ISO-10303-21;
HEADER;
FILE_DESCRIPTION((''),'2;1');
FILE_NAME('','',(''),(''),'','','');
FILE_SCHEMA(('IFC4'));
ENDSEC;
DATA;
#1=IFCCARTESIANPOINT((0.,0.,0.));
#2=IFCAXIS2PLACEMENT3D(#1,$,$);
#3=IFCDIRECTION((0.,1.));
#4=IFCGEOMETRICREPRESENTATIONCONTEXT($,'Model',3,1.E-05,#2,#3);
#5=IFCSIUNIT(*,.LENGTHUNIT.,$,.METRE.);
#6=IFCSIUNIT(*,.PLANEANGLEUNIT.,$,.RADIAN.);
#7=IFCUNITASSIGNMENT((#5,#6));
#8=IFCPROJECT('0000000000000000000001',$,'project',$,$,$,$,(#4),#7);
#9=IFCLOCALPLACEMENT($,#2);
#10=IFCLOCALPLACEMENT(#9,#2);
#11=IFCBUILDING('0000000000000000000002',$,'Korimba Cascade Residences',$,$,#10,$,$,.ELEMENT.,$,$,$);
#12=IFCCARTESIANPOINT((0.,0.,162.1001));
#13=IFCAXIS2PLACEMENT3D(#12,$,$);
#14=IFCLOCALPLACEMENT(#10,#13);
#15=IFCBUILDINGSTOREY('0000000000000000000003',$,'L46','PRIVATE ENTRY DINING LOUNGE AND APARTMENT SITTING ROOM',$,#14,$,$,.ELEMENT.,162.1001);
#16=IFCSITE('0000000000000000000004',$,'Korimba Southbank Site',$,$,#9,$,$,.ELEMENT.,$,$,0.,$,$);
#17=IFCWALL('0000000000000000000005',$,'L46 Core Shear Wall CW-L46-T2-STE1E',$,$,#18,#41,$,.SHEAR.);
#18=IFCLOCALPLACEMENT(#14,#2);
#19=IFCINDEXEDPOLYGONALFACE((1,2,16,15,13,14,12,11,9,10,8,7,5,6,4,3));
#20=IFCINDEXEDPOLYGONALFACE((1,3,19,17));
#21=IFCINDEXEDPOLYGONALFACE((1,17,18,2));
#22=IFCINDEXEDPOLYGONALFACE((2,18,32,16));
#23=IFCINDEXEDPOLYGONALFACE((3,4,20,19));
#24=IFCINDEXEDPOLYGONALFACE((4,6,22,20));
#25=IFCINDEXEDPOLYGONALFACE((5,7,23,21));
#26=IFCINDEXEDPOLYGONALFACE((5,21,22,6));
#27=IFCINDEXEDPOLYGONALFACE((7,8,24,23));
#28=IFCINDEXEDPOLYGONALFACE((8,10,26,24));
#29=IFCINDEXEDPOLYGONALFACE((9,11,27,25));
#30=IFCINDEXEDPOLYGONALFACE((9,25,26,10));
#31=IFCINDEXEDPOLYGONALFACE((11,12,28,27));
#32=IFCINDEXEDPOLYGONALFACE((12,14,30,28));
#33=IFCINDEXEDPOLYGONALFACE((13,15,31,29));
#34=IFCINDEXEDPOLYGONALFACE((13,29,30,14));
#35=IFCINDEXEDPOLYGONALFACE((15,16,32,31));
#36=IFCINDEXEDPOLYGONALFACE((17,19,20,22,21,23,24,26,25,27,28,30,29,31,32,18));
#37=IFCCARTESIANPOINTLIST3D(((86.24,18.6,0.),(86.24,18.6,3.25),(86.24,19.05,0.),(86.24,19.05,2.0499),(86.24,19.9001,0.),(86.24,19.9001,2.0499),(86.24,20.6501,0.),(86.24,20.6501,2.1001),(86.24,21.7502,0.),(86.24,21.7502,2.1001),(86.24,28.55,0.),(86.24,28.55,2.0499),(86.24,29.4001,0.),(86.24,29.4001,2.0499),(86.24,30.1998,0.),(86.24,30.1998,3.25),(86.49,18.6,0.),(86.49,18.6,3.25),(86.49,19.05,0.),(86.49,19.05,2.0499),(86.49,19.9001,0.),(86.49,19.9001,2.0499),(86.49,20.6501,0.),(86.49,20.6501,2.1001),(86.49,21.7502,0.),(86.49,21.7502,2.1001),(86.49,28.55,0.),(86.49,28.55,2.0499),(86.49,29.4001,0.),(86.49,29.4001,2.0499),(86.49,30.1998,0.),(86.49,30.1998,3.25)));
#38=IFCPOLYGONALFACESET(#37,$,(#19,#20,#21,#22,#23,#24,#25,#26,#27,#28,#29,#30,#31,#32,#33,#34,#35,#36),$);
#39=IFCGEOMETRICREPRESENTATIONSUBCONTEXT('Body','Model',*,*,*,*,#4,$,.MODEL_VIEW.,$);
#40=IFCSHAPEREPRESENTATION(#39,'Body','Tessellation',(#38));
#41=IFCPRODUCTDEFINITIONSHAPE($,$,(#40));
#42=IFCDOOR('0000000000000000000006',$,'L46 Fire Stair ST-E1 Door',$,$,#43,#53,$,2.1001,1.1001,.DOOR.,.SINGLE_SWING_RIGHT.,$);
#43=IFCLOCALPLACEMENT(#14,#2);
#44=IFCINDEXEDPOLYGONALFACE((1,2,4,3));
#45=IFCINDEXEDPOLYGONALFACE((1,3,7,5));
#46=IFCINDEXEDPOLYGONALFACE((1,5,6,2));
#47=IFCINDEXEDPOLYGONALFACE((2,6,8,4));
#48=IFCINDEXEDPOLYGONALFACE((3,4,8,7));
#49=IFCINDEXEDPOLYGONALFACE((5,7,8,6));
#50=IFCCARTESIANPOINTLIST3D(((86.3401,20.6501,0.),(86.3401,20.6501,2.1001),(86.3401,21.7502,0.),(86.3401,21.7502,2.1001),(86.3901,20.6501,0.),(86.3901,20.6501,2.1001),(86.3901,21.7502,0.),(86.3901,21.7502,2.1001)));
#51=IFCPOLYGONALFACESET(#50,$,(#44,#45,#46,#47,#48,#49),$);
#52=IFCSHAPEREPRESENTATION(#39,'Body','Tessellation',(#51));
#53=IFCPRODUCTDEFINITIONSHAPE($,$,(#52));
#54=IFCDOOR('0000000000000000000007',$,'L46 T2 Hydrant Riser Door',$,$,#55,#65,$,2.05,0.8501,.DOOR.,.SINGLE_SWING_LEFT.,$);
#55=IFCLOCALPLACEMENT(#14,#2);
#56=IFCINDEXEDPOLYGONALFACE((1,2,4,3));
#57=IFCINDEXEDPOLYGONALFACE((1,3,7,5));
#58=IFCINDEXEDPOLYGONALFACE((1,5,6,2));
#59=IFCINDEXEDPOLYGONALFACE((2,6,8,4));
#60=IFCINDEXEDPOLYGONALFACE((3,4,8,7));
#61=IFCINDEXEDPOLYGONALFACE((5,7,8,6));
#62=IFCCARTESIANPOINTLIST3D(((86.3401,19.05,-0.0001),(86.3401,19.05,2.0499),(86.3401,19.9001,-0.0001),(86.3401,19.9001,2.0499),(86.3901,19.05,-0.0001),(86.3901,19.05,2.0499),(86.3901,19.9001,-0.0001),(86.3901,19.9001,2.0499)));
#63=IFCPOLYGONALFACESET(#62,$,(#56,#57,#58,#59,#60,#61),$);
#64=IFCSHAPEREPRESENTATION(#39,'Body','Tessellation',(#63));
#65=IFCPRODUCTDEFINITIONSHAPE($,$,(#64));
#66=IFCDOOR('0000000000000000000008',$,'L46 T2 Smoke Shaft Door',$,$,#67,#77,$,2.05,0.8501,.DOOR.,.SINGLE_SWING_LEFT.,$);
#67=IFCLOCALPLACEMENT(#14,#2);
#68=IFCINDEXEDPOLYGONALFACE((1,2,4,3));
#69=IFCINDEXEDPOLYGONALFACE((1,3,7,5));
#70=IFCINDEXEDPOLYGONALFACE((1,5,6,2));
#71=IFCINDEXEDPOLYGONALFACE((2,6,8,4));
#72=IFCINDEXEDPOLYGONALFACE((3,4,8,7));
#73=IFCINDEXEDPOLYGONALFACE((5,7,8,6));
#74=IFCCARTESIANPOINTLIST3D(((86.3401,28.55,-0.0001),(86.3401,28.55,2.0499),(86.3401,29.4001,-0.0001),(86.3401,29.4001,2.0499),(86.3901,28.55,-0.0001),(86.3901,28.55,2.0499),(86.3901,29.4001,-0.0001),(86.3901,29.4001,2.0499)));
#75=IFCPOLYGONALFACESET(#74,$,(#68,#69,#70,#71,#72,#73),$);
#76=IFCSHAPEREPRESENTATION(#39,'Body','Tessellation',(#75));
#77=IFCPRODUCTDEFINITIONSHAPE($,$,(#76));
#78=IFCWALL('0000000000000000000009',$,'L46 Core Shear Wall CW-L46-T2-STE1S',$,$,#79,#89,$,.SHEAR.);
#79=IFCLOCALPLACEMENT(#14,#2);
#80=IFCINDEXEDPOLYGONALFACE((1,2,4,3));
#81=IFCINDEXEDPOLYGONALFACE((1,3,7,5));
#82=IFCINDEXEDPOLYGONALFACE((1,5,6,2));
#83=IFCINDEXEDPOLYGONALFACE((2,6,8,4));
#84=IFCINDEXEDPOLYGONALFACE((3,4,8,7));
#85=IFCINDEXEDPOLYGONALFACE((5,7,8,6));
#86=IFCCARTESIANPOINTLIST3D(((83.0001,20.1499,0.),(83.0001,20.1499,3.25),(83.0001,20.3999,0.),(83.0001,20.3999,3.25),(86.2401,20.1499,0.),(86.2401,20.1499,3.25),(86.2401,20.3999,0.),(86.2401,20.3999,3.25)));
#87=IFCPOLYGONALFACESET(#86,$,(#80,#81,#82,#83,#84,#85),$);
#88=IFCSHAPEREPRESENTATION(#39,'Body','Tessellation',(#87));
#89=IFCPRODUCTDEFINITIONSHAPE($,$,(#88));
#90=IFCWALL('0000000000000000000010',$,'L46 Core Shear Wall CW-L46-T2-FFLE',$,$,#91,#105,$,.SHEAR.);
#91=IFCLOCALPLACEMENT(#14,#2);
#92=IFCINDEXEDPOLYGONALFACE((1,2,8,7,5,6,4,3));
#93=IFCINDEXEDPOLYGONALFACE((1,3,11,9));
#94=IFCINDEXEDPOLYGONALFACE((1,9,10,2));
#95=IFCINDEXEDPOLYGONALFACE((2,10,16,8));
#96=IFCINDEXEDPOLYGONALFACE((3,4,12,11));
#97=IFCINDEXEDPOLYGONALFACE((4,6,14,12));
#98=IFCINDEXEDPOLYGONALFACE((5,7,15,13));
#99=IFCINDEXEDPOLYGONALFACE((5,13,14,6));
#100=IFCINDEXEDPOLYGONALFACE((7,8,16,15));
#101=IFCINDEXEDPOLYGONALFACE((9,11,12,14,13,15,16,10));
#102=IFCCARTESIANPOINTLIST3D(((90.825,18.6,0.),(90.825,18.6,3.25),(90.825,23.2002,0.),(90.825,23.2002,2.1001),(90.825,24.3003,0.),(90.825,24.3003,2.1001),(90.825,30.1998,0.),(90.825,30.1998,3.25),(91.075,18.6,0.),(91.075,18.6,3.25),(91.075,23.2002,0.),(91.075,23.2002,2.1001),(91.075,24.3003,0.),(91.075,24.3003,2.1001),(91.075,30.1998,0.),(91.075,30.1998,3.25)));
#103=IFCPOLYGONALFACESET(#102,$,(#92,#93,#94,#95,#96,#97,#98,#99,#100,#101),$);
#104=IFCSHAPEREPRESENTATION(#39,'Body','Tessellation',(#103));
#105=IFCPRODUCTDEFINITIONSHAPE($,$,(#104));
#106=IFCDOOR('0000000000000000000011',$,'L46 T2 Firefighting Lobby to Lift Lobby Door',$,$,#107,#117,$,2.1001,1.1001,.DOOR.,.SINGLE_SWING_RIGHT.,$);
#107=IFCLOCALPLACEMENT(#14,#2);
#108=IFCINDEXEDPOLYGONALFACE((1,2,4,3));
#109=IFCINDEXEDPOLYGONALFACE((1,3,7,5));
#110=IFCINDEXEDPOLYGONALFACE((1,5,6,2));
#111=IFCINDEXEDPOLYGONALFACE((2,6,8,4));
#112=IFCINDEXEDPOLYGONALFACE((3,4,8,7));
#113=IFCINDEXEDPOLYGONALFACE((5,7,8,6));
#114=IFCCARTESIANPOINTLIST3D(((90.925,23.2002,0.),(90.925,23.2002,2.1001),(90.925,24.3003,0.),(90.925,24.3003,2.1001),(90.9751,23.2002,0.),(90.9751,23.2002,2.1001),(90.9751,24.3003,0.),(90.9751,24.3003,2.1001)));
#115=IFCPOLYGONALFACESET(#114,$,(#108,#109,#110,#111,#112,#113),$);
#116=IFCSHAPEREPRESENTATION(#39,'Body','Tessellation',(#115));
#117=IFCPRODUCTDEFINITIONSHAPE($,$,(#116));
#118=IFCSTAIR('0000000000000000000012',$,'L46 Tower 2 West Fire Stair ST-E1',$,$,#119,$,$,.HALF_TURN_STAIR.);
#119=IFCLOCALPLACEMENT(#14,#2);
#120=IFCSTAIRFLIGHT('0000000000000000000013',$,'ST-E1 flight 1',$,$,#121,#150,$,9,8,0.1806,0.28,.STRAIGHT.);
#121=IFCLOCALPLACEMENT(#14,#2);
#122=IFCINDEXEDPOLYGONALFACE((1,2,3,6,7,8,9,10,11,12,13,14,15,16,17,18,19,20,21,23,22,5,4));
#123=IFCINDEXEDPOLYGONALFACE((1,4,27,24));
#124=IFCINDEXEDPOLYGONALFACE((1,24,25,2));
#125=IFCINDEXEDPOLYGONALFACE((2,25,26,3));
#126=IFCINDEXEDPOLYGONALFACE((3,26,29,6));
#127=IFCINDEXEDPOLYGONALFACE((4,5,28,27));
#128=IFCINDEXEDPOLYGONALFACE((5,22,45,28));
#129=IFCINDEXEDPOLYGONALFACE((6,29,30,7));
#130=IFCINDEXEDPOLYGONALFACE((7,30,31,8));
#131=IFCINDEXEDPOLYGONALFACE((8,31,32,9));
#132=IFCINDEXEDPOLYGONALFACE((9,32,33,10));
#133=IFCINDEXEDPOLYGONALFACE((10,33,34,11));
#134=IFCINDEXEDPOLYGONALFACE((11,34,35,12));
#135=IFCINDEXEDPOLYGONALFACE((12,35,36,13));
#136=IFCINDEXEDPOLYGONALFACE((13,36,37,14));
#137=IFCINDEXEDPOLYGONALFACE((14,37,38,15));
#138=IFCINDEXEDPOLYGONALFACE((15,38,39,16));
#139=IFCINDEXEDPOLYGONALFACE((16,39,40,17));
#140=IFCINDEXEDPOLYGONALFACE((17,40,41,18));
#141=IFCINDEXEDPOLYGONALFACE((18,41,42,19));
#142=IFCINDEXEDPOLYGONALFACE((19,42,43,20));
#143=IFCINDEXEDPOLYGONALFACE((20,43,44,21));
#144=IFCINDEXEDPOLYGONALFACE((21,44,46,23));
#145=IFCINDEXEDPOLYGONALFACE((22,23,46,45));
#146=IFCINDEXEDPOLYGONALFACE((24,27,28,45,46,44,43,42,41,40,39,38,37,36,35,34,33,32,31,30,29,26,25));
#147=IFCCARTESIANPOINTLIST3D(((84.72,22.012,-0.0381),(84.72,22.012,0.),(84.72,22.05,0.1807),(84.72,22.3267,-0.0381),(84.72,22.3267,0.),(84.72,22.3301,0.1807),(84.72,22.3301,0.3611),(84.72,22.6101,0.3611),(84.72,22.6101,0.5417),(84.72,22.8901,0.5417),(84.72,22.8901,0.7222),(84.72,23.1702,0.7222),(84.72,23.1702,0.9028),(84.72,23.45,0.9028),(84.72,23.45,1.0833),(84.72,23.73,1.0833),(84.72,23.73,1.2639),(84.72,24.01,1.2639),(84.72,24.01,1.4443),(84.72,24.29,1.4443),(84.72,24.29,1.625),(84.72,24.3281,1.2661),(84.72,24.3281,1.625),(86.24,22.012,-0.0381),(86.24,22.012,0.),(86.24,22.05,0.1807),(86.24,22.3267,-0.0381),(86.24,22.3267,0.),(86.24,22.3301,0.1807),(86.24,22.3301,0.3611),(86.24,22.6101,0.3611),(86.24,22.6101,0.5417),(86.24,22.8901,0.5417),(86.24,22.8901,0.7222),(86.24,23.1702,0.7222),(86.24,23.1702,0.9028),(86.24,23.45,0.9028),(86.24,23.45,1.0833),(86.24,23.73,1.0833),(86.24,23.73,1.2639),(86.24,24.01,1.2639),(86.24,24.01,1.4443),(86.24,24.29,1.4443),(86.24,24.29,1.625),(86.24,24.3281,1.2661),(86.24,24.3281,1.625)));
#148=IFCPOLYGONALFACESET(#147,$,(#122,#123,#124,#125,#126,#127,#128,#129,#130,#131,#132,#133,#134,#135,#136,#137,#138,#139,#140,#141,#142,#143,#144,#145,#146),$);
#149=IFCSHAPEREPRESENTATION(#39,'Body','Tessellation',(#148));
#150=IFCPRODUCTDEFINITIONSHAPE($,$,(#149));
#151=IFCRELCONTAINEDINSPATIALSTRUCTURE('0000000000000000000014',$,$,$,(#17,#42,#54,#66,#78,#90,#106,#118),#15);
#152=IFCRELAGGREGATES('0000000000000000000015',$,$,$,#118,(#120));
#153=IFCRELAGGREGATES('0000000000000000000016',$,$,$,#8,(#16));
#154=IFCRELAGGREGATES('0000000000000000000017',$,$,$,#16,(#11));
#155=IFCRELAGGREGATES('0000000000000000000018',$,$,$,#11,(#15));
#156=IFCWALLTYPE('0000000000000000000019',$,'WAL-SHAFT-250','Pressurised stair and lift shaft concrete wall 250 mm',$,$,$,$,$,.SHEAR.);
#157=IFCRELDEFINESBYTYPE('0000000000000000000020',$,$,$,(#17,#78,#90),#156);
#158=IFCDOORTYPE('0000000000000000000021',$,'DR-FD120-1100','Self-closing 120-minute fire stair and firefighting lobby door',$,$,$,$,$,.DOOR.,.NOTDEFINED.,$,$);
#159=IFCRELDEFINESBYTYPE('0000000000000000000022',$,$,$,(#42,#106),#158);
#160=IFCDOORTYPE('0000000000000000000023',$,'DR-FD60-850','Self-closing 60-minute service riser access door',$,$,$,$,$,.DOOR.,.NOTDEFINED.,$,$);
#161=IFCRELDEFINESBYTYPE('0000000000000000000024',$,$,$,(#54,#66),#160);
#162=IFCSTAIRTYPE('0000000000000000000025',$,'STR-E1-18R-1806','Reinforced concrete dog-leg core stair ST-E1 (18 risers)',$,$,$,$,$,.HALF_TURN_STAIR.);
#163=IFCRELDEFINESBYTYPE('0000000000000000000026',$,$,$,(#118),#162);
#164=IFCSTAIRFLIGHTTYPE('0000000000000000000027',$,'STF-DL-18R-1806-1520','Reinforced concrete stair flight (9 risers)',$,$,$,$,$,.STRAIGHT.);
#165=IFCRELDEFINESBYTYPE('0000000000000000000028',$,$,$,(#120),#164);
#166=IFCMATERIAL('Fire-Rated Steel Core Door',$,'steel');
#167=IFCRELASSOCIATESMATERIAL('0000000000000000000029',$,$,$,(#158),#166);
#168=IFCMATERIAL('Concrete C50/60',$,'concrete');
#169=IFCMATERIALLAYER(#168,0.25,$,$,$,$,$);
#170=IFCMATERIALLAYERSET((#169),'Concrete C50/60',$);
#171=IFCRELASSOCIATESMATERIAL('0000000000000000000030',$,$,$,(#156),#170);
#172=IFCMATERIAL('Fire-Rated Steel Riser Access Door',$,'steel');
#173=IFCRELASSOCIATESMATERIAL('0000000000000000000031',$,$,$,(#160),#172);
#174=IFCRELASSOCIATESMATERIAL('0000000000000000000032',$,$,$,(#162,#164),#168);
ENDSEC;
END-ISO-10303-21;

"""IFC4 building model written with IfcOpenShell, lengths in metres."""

from ifc_helpers import new_model, si_unit, direction, frame, frame_2d, origin, place, context, subcontext, project, spatial, polyline, rectangle, outline, extrude, material, layer, layer_set, type_object, element, fill, aggregate, save


model = new_model("IFC4")

# Units and contexts
model_context = context("Model", 3, precision=1e-05, world=origin(), true_north=direction((0.0, 1.0)))
body_context = subcontext(model_context, "Body", "Model", "MODEL_VIEW")
ifc_project = project(units=[si_unit("LENGTHUNIT", "METRE"), si_unit("PLANEANGLEUNIT", "RADIAN")], contexts=[model_context])

# Site, building, storey
site_placement = place(None, origin())
site = spatial("IfcSite", under=ifc_project, at=site_placement, Name="Korimba Southbank Site", CompositionType="ELEMENT", RefElevation=0.0)
building_placement = place(site_placement, origin())
building = spatial("IfcBuilding", under=site, at=building_placement, Name="Korimba Cascade Residences", CompositionType="ELEMENT")
storey_placement = place(building_placement, frame((0.0, 0.0, 162.1001)))
storey = spatial("IfcBuildingStorey", under=building, at=storey_placement, Name="L46", Description="PRIVATE ENTRY DINING LOUNGE AND APARTMENT SITTING ROOM", CompositionType="ELEMENT", Elevation=162.1001)

# Shared definitions
ifc_material_1 = material(Name="Concrete C50/60", Category="concrete")

# Shared definitions
ifc_material_2 = material(Name="Fire-Rated Steel Core Door", Category="steel")
door_type_1 = type_object("IfcDoorType", Name="DR-FD120-1100", Description="Self-closing 120-minute fire stair and firefighting lobby door", OperationType="NOTDEFINED", PredefinedType="DOOR", material=ifc_material_2)

# Shared definitions
ifc_layer_1 = layer(ifc_material_1, 0.25)
ifc_layer_set_1 = layer_set([ifc_layer_1], Name="Concrete C50/60")
wall_type_1 = type_object("IfcWallType", Name="WAL-SHAFT-250", Description="Pressurised stair and lift shaft concrete wall 250 mm", PredefinedType="SHEAR", material=ifc_layer_set_1)

# Wall, openings, doors
wall_1_placement = place(storey_placement, frame((86.365, 18.6001, 0.0), z_axis=(0.0, 0.0, 1.0), x_axis=(0.0, 1.0, 0.0)))
wall_1 = element("IfcWall", 1, at=wall_1_placement, inside=storey, type_object=wall_type_1, Name="L46 Core Shear Wall CW-L46-T2-STE1E", PredefinedType="SHEAR", context=body_context, shape_type="SweptSolid", body=[
    extrude(rectangle(XDim=11.5999, YDim=0.25, at=frame_2d((5.7998, 0.0))), origin(), (0.0, 0.0, 1.0), 3.25),
])
opening_1_placement = place(wall_1_placement, frame((0.45, 0.0, 0.0)))
opening_1 = element("IfcOpeningElement", 2, at=opening_1_placement, cuts=wall_1, PredefinedType="OPENING", context=body_context, shape_type="SweptSolid", body=[
    extrude(rectangle(XDim=0.8501, YDim=2.05, at=frame_2d((0.425, 1.0249))), frame((0.0, 0.135, 0.0), z_axis=(0.0, -1.0, 0.0), x_axis=(1.0, 0.0, 0.0)), (0.0, 0.0, 1.0), 0.27),
])
opening_2_placement = place(wall_1_placement, frame((2.05, 0.0, 0.0)))
opening_2 = element("IfcOpeningElement", 3, at=opening_2_placement, cuts=wall_1, PredefinedType="OPENING", context=body_context, shape_type="SweptSolid", body=[
    extrude(rectangle(XDim=1.1001, YDim=2.1001, at=frame_2d((0.55, 1.05))), frame((0.0, 0.135, 0.0), z_axis=(0.0, -1.0, 0.0), x_axis=(1.0, 0.0, 0.0)), (0.0, 0.0, 1.0), 0.27),
])
opening_3_placement = place(wall_1_placement, frame((9.95, 0.0, 0.0)))
opening_3 = element("IfcOpeningElement", 4, at=opening_3_placement, cuts=wall_1, PredefinedType="OPENING", context=body_context, shape_type="SweptSolid", body=[
    extrude(rectangle(XDim=0.8501, YDim=2.05, at=frame_2d((0.425, 1.0249))), frame((0.0, 0.135, 0.0), z_axis=(0.0, -1.0, 0.0), x_axis=(1.0, 0.0, 0.0)), (0.0, 0.0, 1.0), 0.27),
])
door_1_placement = place(opening_2_placement, origin())
door_1 = element("IfcDoor", 5, at=door_1_placement, inside=storey, type_object=door_type_1, Name="L46 Fire Stair ST-E1 Door", OperationType="SINGLE_SWING_RIGHT", OverallHeight=2.1001, OverallWidth=1.1001, PredefinedType="DOOR", context=body_context, shape_type="SweptSolid", body=[
    extrude(rectangle(XDim=1.1001, YDim=2.1001, at=frame_2d((0.55, 1.05))), frame((0.0, 0.0249, 0.0), z_axis=(0.0, -1.0, 0.0), x_axis=(1.0, 0.0, 0.0)), (0.0, 0.0, 1.0), 0.05),
])
fill(opening_2, door_1)
ifc_material_3 = material(Name="Fire-Rated Steel Riser Access Door", Category="steel")
door_type_2 = type_object("IfcDoorType", Name="DR-FD60-850", Description="Self-closing 60-minute service riser access door", OperationType="NOTDEFINED", PredefinedType="DOOR", material=ifc_material_3)
door_2_placement = place(opening_1_placement, origin())
door_2 = element("IfcDoor", 6, at=door_2_placement, inside=storey, type_object=door_type_2, Name="L46 T2 Hydrant Riser Door", OperationType="SINGLE_SWING_LEFT", OverallHeight=2.05, OverallWidth=0.8501, PredefinedType="DOOR", context=body_context, shape_type="SweptSolid", body=[
    extrude(rectangle(XDim=0.8501, YDim=2.05, at=frame_2d((0.425, 1.0249))), frame((0.0, 0.0249, 0.0), z_axis=(0.0, -1.0, 0.0), x_axis=(1.0, 0.0, 0.0)), (0.0, 0.0, 1.0), 0.05),
])
fill(opening_1, door_2)
door_3_placement = place(opening_3_placement, origin())
door_3 = element("IfcDoor", 7, at=door_3_placement, inside=storey, type_object=door_type_2, Name="L46 T2 Smoke Shaft Door", OperationType="SINGLE_SWING_LEFT", OverallHeight=2.05, OverallWidth=0.8501, PredefinedType="DOOR", context=body_context, shape_type="SweptSolid", body=[
    extrude(rectangle(XDim=0.8501, YDim=2.05, at=frame_2d((0.425, 1.0249))), frame((0.0, 0.0249, 0.0), z_axis=(0.0, -1.0, 0.0), x_axis=(1.0, 0.0, 0.0)), (0.0, 0.0, 1.0), 0.05),
])
fill(opening_3, door_3)

# Wall
wall_2_placement = place(storey_placement, frame((83.0, 20.2749, 0.0), z_axis=(0.0, 0.0, 1.0), x_axis=(1.0, 0.0, 0.0)))
element("IfcWall", 8, at=wall_2_placement, inside=storey, type_object=wall_type_1, Name="L46 Core Shear Wall CW-L46-T2-STE1S", PredefinedType="SHEAR", context=body_context, shape_type="SweptSolid", body=[
    extrude(rectangle(XDim=3.24, YDim=0.25, at=frame_2d((1.6201, 0.0))), origin(), (0.0, 0.0, 1.0), 3.25),
])

# Wall, opening, door
wall_3_placement = place(storey_placement, frame((90.95, 18.6001, 0.0), z_axis=(0.0, 0.0, 1.0), x_axis=(0.0, 1.0, 0.0)))
wall_3 = element("IfcWall", 9, at=wall_3_placement, inside=storey, type_object=wall_type_1, Name="L46 Core Shear Wall CW-L46-T2-FFLE", PredefinedType="SHEAR", context=body_context, shape_type="SweptSolid", body=[
    extrude(rectangle(XDim=11.5999, YDim=0.25, at=frame_2d((5.7998, 0.0))), origin(), (0.0, 0.0, 1.0), 3.25),
])
opening_4_placement = place(wall_3_placement, frame((4.6001, 0.0, 0.0)))
opening_4 = element("IfcOpeningElement", 10, at=opening_4_placement, cuts=wall_3, PredefinedType="OPENING", context=body_context, shape_type="SweptSolid", body=[
    extrude(rectangle(XDim=1.1001, YDim=2.1001, at=frame_2d((0.55, 1.05))), frame((0.0, 0.135, 0.0), z_axis=(0.0, -1.0, 0.0), x_axis=(1.0, 0.0, 0.0)), (0.0, 0.0, 1.0), 0.27),
])
door_4_placement = place(opening_4_placement, origin())
door_4 = element("IfcDoor", 11, at=door_4_placement, inside=storey, type_object=door_type_1, Name="L46 T2 Firefighting Lobby to Lift Lobby Door", OperationType="SINGLE_SWING_RIGHT", OverallHeight=2.1001, OverallWidth=1.1001, PredefinedType="DOOR", context=body_context, shape_type="SweptSolid", body=[
    extrude(rectangle(XDim=1.1001, YDim=2.1001, at=frame_2d((0.55, 1.05))), frame((0.0, 0.0249, 0.0), z_axis=(0.0, -1.0, 0.0), x_axis=(1.0, 0.0, 0.0)), (0.0, 0.0, 1.0), 0.05),
])
fill(opening_4, door_4)

# Stair, stair flight
stair_type = type_object("IfcStairType", Name="STR-E1-18R-1806", Description="Reinforced concrete dog-leg core stair ST-E1 (18 risers)", PredefinedType="HALF_TURN_STAIR", material=ifc_material_1)
stair_placement = place(storey_placement, origin())
stair = element("IfcStair", 12, at=stair_placement, inside=storey, type_object=stair_type, Name="L46 Tower 2 West Fire Stair ST-E1", PredefinedType="HALF_TURN_STAIR")
stair_flight_type = type_object("IfcStairFlightType", Name="STF-DL-18R-1806-1520", Description="Reinforced concrete stair flight (9 risers)", PredefinedType="STRAIGHT", material=ifc_material_1)
stair_flight_placement = place(storey_placement, frame((85.48, 22.05, 0.0), z_axis=(0.0, 0.0, 1.0), x_axis=(0.0, 1.0, 0.0)))
stair_flight = element("IfcStairFlight", 13, at=stair_flight_placement, type_object=stair_flight_type, Name="ST-E1 flight 1", NumberOfRisers=9, NumberOfTreads=8, PredefinedType="STRAIGHT", RiserHeight=0.1806, TreadLength=0.28, context=body_context, shape_type="SweptSolid", body=[
    extrude(outline(polyline([(-0.0381, 0.0), (0.0, 0.1807), (0.28, 0.1807), (0.28, 0.3611), (0.5601, 0.3611), (0.5601, 0.5417), (0.8401, 0.5417), (0.8401, 0.7222), (1.1201, 0.7222), (1.1201, 0.9028), (1.3999, 0.9028), (1.3999, 1.0833), (1.6799, 1.0833), (1.6799, 1.2639), (1.96, 1.2639), (1.96, 1.4443), (2.24, 1.4443), (2.24, 1.625), (2.2781, 1.625), (2.2781, 1.2661), (0.2766, 0.0), (0.2766, -0.0381), (-0.0381, -0.0381), (-0.0381, 0.0)])), frame((0.0, 0.76, 0.0), z_axis=(0.0, -1.0, 0.0), x_axis=(1.0, 0.0, 0.0)), (0.0, 0.0, 1.0), 1.52),
])
aggregate(stair, [stair_flight])

save(model, "model.ifc")
